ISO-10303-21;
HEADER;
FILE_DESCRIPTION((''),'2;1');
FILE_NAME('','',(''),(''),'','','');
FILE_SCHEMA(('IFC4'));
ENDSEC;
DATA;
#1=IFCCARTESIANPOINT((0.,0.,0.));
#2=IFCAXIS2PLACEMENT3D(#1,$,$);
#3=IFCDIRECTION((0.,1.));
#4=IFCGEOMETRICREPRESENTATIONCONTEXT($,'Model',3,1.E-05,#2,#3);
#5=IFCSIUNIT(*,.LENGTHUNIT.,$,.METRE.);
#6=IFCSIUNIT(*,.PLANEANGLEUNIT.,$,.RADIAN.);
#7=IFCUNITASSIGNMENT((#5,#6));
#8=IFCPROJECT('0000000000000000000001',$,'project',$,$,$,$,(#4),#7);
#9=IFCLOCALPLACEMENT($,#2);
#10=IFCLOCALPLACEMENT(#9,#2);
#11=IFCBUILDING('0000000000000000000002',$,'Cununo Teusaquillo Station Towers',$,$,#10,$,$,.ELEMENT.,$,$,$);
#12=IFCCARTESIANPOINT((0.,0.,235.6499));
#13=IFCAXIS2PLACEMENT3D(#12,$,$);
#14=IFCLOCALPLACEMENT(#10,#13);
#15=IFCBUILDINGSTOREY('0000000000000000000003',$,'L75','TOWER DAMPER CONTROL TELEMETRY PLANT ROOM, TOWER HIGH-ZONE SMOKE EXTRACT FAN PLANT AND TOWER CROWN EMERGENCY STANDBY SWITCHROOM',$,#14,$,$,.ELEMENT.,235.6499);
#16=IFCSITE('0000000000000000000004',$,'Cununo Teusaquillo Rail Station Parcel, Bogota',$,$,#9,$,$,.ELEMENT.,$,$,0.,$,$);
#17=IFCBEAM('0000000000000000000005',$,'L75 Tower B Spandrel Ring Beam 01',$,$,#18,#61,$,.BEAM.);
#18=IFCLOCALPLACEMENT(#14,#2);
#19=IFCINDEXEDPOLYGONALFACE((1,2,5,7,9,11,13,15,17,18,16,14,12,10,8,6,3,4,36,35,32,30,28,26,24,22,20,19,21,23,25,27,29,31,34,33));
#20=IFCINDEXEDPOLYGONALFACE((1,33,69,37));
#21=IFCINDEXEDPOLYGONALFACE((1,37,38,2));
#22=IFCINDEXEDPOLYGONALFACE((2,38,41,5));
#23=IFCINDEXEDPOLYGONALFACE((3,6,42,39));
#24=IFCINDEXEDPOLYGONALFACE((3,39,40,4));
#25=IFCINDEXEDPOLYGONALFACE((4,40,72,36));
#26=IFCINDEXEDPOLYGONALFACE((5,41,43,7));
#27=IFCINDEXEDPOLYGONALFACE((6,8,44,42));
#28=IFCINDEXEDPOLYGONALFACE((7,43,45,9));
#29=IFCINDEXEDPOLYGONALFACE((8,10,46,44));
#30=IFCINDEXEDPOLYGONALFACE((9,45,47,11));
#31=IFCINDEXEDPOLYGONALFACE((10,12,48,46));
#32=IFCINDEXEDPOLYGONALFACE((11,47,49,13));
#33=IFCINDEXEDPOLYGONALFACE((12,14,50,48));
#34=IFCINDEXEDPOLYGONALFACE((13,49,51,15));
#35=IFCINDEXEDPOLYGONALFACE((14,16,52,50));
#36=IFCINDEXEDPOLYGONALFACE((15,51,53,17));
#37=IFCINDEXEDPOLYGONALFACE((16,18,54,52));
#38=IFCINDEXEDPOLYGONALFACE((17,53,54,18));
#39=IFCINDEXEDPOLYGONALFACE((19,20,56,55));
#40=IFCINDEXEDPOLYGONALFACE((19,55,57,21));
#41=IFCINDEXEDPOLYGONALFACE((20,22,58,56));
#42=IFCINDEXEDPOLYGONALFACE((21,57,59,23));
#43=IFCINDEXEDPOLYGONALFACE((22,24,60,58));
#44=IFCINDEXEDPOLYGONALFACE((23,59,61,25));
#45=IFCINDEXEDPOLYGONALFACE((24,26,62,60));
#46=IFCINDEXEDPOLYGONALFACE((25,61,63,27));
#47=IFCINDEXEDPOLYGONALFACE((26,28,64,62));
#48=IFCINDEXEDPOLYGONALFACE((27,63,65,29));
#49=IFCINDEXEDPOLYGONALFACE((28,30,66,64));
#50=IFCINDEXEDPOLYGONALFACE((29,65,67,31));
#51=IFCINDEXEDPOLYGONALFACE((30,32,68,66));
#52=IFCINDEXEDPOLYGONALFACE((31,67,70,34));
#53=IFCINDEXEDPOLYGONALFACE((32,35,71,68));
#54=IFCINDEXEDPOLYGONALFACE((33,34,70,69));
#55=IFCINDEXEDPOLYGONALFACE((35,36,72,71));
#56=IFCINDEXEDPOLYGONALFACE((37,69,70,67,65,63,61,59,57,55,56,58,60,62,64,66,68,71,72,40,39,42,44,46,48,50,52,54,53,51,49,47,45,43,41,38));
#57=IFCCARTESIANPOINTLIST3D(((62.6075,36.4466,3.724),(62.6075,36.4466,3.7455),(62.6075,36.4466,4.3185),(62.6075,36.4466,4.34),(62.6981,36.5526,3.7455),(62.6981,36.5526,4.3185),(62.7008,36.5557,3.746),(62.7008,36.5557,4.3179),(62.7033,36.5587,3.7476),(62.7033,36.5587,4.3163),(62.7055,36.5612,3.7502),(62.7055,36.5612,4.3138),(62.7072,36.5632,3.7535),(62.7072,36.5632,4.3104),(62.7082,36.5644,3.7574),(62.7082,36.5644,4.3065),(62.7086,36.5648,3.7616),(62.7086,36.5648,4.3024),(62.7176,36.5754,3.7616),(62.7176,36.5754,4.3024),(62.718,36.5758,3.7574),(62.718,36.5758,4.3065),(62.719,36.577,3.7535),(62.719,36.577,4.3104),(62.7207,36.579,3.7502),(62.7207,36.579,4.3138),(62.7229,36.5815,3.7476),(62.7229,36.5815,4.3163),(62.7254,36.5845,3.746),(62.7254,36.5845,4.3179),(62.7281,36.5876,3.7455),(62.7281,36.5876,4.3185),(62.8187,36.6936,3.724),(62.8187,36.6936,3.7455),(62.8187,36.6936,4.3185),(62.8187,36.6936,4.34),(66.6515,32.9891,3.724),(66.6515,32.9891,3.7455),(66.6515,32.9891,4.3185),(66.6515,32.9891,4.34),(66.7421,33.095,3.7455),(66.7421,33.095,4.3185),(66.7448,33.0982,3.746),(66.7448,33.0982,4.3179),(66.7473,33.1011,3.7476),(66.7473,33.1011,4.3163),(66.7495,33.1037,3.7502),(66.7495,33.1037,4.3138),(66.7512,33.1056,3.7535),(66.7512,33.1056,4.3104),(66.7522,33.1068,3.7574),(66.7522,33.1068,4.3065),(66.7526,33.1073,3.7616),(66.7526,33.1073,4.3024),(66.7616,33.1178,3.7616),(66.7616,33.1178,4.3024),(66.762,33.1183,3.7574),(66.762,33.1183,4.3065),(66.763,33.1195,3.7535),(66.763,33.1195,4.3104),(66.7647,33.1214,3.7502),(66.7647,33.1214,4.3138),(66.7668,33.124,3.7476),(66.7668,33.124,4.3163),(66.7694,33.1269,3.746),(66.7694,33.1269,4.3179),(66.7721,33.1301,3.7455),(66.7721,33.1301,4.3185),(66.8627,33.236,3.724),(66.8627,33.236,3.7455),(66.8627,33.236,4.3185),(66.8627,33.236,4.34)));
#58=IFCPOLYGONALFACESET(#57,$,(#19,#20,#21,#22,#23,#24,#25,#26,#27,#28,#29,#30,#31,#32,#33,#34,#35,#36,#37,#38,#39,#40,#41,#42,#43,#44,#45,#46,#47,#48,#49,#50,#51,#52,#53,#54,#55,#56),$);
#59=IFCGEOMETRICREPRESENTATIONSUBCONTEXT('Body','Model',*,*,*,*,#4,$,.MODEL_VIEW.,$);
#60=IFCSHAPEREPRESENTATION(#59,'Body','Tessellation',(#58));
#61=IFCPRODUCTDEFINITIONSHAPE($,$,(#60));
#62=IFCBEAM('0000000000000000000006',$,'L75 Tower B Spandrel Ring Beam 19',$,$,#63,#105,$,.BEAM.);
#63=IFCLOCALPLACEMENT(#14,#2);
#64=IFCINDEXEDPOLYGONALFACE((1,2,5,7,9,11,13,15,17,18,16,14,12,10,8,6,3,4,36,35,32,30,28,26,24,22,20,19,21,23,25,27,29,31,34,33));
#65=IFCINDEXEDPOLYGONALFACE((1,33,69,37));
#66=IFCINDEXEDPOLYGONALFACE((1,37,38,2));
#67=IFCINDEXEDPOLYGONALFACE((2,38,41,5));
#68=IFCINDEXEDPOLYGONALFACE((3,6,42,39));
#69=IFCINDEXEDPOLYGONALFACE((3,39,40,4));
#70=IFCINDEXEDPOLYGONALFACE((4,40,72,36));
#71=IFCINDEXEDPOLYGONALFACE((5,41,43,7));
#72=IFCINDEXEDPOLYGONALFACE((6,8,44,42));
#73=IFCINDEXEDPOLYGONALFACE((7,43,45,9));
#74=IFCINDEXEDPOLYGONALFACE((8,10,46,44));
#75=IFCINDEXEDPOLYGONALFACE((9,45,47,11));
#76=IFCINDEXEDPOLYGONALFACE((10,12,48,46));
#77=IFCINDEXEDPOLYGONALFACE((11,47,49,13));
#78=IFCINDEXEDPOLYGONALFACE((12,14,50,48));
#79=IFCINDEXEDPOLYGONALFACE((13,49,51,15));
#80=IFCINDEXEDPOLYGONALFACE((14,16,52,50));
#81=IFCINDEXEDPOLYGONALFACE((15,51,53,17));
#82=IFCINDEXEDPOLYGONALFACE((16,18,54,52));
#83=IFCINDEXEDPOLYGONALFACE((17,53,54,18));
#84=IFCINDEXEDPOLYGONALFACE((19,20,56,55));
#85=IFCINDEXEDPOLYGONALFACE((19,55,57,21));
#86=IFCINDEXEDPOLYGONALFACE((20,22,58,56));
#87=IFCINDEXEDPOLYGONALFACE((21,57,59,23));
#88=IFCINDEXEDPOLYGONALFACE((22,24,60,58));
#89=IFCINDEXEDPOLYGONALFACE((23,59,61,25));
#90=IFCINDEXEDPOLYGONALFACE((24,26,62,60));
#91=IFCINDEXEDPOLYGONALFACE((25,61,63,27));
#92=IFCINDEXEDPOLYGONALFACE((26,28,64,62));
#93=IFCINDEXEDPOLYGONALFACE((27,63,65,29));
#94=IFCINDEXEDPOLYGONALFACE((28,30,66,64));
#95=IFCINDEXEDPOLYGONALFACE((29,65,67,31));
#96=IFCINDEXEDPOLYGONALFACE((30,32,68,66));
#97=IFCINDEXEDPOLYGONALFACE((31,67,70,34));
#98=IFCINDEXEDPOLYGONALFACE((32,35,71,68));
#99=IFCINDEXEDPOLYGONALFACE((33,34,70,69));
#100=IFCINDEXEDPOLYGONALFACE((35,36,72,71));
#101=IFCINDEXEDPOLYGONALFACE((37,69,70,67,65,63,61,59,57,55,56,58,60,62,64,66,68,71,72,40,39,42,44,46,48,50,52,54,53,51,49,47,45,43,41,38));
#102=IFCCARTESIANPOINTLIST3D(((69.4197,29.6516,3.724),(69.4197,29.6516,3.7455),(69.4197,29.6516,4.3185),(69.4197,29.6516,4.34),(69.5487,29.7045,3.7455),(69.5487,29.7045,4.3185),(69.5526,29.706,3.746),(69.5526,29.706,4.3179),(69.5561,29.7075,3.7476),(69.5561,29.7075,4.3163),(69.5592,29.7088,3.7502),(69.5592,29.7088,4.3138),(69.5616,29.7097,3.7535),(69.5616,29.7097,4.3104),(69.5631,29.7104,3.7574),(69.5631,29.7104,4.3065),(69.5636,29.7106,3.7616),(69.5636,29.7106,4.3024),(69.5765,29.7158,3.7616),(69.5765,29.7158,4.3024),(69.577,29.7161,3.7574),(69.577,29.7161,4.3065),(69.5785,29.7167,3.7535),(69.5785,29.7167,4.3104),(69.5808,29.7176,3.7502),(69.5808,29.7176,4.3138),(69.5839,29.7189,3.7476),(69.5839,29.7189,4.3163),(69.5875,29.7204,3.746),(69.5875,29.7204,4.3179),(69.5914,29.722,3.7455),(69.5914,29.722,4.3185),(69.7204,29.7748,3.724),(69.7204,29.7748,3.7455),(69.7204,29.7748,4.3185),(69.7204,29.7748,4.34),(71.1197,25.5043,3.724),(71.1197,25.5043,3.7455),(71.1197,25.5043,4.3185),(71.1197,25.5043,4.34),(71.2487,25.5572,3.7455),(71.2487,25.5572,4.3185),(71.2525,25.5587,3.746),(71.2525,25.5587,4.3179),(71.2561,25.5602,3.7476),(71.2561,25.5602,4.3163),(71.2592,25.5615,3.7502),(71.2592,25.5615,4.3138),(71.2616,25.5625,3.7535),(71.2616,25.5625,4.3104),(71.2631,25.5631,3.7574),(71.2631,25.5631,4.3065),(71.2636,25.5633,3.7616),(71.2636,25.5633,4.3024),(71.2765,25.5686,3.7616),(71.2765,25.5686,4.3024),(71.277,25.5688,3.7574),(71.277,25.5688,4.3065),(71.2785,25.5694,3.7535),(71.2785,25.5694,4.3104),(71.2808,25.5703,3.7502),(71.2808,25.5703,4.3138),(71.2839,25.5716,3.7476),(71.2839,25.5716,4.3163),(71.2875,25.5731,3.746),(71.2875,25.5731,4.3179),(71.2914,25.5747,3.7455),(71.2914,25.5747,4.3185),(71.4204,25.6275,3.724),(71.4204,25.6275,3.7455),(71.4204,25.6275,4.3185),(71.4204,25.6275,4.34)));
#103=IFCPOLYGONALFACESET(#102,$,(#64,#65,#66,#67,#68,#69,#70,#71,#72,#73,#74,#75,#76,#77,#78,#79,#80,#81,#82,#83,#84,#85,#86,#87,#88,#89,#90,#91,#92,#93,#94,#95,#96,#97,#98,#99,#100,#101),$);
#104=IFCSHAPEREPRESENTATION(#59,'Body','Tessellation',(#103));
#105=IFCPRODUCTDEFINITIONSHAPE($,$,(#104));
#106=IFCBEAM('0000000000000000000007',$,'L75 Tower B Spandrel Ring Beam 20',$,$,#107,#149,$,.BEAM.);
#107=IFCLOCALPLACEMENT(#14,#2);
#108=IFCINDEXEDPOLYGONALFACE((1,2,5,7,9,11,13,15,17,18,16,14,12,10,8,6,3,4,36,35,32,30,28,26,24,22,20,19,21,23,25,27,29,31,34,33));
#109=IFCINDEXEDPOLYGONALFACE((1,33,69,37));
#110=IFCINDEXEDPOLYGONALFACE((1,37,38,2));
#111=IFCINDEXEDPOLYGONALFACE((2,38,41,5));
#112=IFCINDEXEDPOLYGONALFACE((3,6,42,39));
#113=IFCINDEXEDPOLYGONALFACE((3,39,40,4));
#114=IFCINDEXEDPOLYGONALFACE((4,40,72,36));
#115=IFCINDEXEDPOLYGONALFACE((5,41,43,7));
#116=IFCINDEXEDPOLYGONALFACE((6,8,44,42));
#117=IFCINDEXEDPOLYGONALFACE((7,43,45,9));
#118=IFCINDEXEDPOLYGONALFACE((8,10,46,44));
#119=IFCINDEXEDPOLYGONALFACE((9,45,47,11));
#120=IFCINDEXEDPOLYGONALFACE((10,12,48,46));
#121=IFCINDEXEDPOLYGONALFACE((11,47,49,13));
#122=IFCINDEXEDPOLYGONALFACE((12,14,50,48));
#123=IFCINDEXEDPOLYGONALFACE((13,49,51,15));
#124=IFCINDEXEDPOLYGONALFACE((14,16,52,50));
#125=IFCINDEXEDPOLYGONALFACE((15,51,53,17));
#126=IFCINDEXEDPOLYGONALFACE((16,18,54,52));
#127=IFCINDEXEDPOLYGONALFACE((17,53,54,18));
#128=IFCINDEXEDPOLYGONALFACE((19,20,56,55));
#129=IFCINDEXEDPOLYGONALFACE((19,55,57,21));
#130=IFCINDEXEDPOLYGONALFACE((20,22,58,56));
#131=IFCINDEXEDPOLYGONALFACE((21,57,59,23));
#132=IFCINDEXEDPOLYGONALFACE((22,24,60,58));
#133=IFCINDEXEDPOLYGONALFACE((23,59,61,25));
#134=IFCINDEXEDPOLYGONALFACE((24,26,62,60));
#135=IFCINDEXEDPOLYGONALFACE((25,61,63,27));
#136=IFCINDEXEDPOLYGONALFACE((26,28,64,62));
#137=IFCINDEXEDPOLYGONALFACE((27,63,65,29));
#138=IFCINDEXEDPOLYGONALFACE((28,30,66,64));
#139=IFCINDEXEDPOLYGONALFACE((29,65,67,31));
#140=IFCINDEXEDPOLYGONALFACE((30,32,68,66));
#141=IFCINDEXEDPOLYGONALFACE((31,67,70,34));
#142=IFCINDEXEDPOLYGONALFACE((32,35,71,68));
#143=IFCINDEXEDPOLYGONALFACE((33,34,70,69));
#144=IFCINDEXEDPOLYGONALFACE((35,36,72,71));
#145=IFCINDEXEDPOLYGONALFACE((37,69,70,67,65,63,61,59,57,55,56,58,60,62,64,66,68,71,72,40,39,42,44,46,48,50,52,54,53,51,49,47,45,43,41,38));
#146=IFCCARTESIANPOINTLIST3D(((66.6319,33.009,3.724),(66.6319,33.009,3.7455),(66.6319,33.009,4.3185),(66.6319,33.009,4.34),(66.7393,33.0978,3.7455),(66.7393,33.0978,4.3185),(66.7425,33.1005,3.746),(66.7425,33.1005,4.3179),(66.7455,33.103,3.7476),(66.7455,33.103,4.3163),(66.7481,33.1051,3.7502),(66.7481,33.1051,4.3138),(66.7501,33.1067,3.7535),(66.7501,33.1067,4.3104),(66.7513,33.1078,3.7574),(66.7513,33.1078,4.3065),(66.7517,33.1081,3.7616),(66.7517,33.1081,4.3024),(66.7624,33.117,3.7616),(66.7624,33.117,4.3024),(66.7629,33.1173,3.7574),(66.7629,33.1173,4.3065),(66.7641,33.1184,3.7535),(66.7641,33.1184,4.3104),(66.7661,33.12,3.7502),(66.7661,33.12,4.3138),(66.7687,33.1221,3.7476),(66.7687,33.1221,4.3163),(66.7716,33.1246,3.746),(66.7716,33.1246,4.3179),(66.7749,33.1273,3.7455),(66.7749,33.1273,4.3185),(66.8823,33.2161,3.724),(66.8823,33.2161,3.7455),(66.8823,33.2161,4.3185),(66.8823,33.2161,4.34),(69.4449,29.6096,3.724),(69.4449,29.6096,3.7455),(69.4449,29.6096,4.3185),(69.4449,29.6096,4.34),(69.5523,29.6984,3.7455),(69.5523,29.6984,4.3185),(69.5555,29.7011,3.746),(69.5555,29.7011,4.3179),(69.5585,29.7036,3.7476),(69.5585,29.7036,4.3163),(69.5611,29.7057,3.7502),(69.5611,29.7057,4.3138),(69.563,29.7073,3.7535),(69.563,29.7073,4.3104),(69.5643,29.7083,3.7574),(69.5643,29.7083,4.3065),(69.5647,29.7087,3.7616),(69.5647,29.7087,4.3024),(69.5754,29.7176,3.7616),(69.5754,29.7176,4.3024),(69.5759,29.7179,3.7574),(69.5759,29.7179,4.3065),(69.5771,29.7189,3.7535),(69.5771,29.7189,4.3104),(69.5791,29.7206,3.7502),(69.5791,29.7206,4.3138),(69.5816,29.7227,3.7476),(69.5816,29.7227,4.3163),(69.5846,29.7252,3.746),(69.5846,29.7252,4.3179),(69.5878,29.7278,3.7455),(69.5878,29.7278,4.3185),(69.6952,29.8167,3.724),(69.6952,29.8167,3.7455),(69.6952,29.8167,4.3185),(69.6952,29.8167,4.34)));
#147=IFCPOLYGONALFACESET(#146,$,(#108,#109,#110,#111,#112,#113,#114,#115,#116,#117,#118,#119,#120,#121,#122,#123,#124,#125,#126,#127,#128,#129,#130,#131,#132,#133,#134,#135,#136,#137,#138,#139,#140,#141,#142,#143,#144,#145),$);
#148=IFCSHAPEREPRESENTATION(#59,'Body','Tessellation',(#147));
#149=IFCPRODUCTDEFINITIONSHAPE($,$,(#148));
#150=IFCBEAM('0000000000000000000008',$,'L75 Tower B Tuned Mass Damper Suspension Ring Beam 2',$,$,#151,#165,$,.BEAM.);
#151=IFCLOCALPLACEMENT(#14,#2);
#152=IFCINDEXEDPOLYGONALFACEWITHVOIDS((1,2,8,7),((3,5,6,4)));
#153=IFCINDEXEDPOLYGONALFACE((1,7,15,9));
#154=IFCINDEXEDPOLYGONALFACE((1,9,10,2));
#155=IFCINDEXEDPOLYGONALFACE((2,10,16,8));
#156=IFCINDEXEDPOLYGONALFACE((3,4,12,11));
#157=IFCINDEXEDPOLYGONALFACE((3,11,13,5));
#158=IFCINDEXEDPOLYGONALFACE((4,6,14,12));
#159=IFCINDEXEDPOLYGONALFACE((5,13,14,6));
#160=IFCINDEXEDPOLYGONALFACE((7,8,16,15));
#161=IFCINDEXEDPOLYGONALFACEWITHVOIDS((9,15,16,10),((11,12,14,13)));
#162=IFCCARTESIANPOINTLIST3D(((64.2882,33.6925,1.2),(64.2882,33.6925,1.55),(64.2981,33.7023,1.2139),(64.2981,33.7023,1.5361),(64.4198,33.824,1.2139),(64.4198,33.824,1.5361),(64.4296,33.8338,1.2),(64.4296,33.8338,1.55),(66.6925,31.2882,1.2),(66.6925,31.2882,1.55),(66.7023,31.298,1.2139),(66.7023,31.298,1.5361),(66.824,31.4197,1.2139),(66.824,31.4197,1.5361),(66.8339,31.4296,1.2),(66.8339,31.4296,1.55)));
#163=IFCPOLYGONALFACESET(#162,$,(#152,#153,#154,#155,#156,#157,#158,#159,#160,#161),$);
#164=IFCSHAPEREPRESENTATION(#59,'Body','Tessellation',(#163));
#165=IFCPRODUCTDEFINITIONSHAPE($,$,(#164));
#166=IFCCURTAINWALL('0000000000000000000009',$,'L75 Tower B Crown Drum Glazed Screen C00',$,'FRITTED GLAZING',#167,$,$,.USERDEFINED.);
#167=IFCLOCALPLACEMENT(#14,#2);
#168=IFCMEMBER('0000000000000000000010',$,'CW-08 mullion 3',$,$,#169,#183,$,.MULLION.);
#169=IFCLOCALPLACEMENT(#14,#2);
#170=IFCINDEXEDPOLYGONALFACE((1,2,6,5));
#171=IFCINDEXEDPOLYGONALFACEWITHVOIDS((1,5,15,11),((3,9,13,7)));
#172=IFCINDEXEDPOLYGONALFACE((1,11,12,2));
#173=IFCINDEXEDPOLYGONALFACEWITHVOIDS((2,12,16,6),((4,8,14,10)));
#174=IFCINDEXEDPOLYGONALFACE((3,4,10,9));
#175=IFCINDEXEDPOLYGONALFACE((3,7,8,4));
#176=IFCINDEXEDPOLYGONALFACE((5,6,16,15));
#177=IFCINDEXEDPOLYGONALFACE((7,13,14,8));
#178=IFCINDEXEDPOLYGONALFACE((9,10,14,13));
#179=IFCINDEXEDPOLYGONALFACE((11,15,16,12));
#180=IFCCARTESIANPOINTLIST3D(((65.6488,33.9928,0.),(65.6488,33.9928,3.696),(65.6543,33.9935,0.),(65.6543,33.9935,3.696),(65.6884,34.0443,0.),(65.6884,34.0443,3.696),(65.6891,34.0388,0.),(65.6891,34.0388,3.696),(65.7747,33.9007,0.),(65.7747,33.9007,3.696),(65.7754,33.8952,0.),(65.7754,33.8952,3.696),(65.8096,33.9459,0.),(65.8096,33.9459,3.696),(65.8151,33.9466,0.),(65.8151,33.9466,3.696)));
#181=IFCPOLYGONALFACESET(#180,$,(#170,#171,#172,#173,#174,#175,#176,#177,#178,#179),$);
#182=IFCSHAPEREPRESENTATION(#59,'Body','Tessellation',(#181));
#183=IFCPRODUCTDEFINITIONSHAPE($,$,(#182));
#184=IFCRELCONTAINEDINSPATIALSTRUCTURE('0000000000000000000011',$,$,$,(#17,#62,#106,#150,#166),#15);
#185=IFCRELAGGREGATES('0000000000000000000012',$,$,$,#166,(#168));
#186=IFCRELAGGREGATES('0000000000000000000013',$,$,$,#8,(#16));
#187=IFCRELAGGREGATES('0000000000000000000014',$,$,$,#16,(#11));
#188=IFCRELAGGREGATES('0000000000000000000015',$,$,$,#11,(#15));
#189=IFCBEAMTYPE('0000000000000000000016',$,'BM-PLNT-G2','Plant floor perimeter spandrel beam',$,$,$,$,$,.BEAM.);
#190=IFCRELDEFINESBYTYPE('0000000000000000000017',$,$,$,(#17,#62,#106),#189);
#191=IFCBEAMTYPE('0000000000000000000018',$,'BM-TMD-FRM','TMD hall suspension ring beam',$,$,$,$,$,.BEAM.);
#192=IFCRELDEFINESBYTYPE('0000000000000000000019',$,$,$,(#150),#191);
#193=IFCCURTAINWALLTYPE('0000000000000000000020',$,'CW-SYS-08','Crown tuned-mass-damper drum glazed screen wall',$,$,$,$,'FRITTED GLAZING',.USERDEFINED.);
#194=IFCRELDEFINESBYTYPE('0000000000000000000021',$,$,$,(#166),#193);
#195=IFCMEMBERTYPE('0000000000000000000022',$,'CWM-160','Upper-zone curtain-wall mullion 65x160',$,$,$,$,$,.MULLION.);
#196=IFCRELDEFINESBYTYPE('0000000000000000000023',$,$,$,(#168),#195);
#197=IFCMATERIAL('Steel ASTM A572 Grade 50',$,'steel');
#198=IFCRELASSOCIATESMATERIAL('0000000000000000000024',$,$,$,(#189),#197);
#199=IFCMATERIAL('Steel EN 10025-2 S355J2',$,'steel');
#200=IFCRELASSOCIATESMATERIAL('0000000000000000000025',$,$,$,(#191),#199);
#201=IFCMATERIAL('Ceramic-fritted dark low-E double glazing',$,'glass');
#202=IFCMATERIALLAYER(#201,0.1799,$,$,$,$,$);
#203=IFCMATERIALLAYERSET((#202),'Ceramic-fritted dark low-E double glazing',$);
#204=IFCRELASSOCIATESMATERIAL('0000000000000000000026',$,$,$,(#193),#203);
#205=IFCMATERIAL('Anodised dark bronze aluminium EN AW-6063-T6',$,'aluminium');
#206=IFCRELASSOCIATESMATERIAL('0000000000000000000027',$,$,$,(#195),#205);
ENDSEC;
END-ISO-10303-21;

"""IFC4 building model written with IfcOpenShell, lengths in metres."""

from ifc_helpers import new_model, si_unit, direction, frame, origin, origin_2d, place, context, subcontext, project, spatial, hollow_rectangle, i_section, extrude, material, layer, layer_set, material_profile, profile_set, type_object, element, aggregate, save


model = new_model("IFC4")

# Units and contexts
model_context = context("Model", 3, precision=1e-05, world=origin(), true_north=direction((0.0, 1.0)))
body_context = subcontext(model_context, "Body", "Model", "MODEL_VIEW")
ifc_project = project(units=[si_unit("LENGTHUNIT", "METRE"), si_unit("PLANEANGLEUNIT", "RADIAN")], contexts=[model_context])

# Site, building, storey
site_placement = place(None, origin())
site = spatial("IfcSite", under=ifc_project, at=site_placement, Name="Cununo Teusaquillo Rail Station Parcel, Bogota", CompositionType="ELEMENT", RefElevation=0.0)
building_placement = place(site_placement, origin())
building = spatial("IfcBuilding", under=site, at=building_placement, Name="Cununo Teusaquillo Station Towers", CompositionType="ELEMENT")
storey_placement = place(building_placement, frame((0.0, 0.0, 235.6499)))
storey = spatial("IfcBuildingStorey", under=building, at=storey_placement, Name="L75", Description="TOWER DAMPER CONTROL TELEMETRY PLANT ROOM, TOWER HIGH-ZONE SMOKE EXTRACT FAN PLANT AND TOWER CROWN EMERGENCY STANDBY SWITCHROOM", CompositionType="ELEMENT", Elevation=235.6499)

# Beams
ifc_material_1 = material(Name="Steel ASTM A572 Grade 50", Category="steel")
ifc_material_profile_1 = material_profile(ifc_material_1, i_section(OverallWidth=0.325, OverallDepth=0.616, WebThickness=0.0139, FlangeThickness=0.0215, FilletRadius=0.0161, at=origin_2d()), Name="W24X117")
ifc_profile_set_1 = profile_set([ifc_material_profile_1], Name="Steel ASTM A572 Grade 50")
beam_type_1 = type_object("IfcBeamType", Name="BM-PLNT-G2", Description="Plant floor perimeter spandrel beam", PredefinedType="BEAM", material=ifc_profile_set_1)
beam_1_placement = place(storey_placement, frame((66.7571, 33.1125, 4.032), z_axis=(-0.760066, 0.649846, 0.0), x_axis=(-0.649846, -0.760066, 0.0)))
element("IfcBeam", 1, at=beam_1_placement, inside=storey, type_object=beam_type_1, Name="L75 Tower B Spandrel Ring Beam 01", PredefinedType="BEAM", context=body_context, shape_type="SweptSolid", body=[
    extrude(i_section(OverallWidth=0.325, OverallDepth=0.616, WebThickness=0.0139, FlangeThickness=0.0215, FilletRadius=0.0161, at=origin_2d()), origin(), (0.0, 0.0, 1.0), 5.3206),
])
beam_2_placement = place(storey_placement, frame((71.27, 25.5659, 4.032), z_axis=(-0.379275, 0.925284, 0.0), x_axis=(-0.925284, -0.379275, 0.0)))
element("IfcBeam", 2, at=beam_2_placement, inside=storey, type_object=beam_type_1, Name="L75 Tower B Spandrel Ring Beam 19", PredefinedType="BEAM", context=body_context, shape_type="SweptSolid", body=[
    extrude(i_section(OverallWidth=0.325, OverallDepth=0.616, WebThickness=0.0139, FlangeThickness=0.0215, FilletRadius=0.0161, at=origin_2d()), origin(), (0.0, 0.0, 1.0), 4.4822),
])
beam_3_placement = place(storey_placement, frame((69.5701, 29.7131, 4.032), z_axis=(-0.637525, 0.77043, 0.0), x_axis=(-0.77043, -0.637525, 0.0)))
element("IfcBeam", 3, at=beam_3_placement, inside=storey, type_object=beam_type_1, Name="L75 Tower B Spandrel Ring Beam 20", PredefinedType="BEAM", context=body_context, shape_type="SweptSolid", body=[
    extrude(i_section(OverallWidth=0.325, OverallDepth=0.616, WebThickness=0.0139, FlangeThickness=0.0215, FilletRadius=0.0161, at=origin_2d()), origin(), (0.0, 0.0, 1.0), 4.4124),
])
ifc_material_2 = material(Name="Steel EN 10025-2 S355J2", Category="steel")
ifc_material_profile_2 = material_profile(ifc_material_2, hollow_rectangle(XDim=0.2, YDim=0.3501, WallThickness=0.0139, at=origin_2d()), Name="RHS 350x200x14")
ifc_profile_set_2 = profile_set([ifc_material_profile_2], Name="Steel EN 10025-2 S355J2")
beam_type_2 = type_object("IfcBeamType", Name="BM-TMD-FRM", Description="TMD hall suspension ring beam", PredefinedType="BEAM", material=ifc_profile_set_2)
beam_4_placement = place(storey_placement, frame((66.7632, 31.3589, 1.375), z_axis=(-0.707107, 0.707107, 0.0), x_axis=(-0.707107, -0.707107, 0.0)))
element("IfcBeam", 4, at=beam_4_placement, inside=storey, type_object=beam_type_2, Name="L75 Tower B Tuned Mass Damper Suspension Ring Beam 2", PredefinedType="BEAM", context=body_context, shape_type="SweptSolid", body=[
    extrude(hollow_rectangle(XDim=0.2, YDim=0.3501, WallThickness=0.0139, at=origin_2d()), origin(), (0.0, 0.0, 1.0), 3.4001),
])

# Curtain wall, member
ifc_material_3 = material(Name="Ceramic-fritted dark low-E double glazing", Category="glass")
ifc_layer_1 = layer(ifc_material_3, 0.1799)
ifc_layer_set_1 = layer_set([ifc_layer_1], Name="Ceramic-fritted dark low-E double glazing")
curtain_wall_type = type_object("IfcCurtainWallType", Name="CW-SYS-08", Description="Crown tuned-mass-damper drum glazed screen wall", ElementType="FRITTED GLAZING", PredefinedType="USERDEFINED", material=ifc_layer_set_1)
curtain_wall_1_placement = place(storey_placement, origin())
curtain_wall_1 = element("IfcCurtainWall", 5, at=curtain_wall_1_placement, inside=storey, type_object=curtain_wall_type, Name="L75 Tower B Crown Drum Glazed Screen C00", ObjectType="FRITTED GLAZING", PredefinedType="USERDEFINED")
ifc_material_4 = material(Name="Anodised dark bronze aluminium EN AW-6063-T6", Category="aluminium")
ifc_material_profile_3 = material_profile(ifc_material_4, hollow_rectangle(XDim=0.0649, YDim=0.1599, WallThickness=0.0039, at=origin_2d()), Name="CW-MULL-65x160")
ifc_profile_set_3 = profile_set([ifc_material_profile_3], Name="Anodised dark bronze aluminium EN AW-6063-T6")
member_type_1 = type_object("IfcMemberType", Name="CWM-160", Description="Upper-zone curtain-wall mullion 65x160", PredefinedType="MULLION", material=ifc_profile_set_3)
member_1_placement = place(storey_placement, frame((65.7319, 33.9697, 0.0), z_axis=(0.0, 0.0, 1.0), x_axis=(0.610566, 0.791965, 0.0)))
member_1 = element("IfcMember", 6, at=member_1_placement, type_object=member_type_1, Name="CW-08 mullion 3", PredefinedType="MULLION", context=body_context, shape_type="SweptSolid", body=[
    extrude(hollow_rectangle(XDim=0.0649, YDim=0.1599, WallThickness=0.0039, at=origin_2d()), origin(), (0.0, 0.0, 1.0), 3.696),
])

aggregate(curtain_wall_1, [member_1])

save(model, "model.ifc")
